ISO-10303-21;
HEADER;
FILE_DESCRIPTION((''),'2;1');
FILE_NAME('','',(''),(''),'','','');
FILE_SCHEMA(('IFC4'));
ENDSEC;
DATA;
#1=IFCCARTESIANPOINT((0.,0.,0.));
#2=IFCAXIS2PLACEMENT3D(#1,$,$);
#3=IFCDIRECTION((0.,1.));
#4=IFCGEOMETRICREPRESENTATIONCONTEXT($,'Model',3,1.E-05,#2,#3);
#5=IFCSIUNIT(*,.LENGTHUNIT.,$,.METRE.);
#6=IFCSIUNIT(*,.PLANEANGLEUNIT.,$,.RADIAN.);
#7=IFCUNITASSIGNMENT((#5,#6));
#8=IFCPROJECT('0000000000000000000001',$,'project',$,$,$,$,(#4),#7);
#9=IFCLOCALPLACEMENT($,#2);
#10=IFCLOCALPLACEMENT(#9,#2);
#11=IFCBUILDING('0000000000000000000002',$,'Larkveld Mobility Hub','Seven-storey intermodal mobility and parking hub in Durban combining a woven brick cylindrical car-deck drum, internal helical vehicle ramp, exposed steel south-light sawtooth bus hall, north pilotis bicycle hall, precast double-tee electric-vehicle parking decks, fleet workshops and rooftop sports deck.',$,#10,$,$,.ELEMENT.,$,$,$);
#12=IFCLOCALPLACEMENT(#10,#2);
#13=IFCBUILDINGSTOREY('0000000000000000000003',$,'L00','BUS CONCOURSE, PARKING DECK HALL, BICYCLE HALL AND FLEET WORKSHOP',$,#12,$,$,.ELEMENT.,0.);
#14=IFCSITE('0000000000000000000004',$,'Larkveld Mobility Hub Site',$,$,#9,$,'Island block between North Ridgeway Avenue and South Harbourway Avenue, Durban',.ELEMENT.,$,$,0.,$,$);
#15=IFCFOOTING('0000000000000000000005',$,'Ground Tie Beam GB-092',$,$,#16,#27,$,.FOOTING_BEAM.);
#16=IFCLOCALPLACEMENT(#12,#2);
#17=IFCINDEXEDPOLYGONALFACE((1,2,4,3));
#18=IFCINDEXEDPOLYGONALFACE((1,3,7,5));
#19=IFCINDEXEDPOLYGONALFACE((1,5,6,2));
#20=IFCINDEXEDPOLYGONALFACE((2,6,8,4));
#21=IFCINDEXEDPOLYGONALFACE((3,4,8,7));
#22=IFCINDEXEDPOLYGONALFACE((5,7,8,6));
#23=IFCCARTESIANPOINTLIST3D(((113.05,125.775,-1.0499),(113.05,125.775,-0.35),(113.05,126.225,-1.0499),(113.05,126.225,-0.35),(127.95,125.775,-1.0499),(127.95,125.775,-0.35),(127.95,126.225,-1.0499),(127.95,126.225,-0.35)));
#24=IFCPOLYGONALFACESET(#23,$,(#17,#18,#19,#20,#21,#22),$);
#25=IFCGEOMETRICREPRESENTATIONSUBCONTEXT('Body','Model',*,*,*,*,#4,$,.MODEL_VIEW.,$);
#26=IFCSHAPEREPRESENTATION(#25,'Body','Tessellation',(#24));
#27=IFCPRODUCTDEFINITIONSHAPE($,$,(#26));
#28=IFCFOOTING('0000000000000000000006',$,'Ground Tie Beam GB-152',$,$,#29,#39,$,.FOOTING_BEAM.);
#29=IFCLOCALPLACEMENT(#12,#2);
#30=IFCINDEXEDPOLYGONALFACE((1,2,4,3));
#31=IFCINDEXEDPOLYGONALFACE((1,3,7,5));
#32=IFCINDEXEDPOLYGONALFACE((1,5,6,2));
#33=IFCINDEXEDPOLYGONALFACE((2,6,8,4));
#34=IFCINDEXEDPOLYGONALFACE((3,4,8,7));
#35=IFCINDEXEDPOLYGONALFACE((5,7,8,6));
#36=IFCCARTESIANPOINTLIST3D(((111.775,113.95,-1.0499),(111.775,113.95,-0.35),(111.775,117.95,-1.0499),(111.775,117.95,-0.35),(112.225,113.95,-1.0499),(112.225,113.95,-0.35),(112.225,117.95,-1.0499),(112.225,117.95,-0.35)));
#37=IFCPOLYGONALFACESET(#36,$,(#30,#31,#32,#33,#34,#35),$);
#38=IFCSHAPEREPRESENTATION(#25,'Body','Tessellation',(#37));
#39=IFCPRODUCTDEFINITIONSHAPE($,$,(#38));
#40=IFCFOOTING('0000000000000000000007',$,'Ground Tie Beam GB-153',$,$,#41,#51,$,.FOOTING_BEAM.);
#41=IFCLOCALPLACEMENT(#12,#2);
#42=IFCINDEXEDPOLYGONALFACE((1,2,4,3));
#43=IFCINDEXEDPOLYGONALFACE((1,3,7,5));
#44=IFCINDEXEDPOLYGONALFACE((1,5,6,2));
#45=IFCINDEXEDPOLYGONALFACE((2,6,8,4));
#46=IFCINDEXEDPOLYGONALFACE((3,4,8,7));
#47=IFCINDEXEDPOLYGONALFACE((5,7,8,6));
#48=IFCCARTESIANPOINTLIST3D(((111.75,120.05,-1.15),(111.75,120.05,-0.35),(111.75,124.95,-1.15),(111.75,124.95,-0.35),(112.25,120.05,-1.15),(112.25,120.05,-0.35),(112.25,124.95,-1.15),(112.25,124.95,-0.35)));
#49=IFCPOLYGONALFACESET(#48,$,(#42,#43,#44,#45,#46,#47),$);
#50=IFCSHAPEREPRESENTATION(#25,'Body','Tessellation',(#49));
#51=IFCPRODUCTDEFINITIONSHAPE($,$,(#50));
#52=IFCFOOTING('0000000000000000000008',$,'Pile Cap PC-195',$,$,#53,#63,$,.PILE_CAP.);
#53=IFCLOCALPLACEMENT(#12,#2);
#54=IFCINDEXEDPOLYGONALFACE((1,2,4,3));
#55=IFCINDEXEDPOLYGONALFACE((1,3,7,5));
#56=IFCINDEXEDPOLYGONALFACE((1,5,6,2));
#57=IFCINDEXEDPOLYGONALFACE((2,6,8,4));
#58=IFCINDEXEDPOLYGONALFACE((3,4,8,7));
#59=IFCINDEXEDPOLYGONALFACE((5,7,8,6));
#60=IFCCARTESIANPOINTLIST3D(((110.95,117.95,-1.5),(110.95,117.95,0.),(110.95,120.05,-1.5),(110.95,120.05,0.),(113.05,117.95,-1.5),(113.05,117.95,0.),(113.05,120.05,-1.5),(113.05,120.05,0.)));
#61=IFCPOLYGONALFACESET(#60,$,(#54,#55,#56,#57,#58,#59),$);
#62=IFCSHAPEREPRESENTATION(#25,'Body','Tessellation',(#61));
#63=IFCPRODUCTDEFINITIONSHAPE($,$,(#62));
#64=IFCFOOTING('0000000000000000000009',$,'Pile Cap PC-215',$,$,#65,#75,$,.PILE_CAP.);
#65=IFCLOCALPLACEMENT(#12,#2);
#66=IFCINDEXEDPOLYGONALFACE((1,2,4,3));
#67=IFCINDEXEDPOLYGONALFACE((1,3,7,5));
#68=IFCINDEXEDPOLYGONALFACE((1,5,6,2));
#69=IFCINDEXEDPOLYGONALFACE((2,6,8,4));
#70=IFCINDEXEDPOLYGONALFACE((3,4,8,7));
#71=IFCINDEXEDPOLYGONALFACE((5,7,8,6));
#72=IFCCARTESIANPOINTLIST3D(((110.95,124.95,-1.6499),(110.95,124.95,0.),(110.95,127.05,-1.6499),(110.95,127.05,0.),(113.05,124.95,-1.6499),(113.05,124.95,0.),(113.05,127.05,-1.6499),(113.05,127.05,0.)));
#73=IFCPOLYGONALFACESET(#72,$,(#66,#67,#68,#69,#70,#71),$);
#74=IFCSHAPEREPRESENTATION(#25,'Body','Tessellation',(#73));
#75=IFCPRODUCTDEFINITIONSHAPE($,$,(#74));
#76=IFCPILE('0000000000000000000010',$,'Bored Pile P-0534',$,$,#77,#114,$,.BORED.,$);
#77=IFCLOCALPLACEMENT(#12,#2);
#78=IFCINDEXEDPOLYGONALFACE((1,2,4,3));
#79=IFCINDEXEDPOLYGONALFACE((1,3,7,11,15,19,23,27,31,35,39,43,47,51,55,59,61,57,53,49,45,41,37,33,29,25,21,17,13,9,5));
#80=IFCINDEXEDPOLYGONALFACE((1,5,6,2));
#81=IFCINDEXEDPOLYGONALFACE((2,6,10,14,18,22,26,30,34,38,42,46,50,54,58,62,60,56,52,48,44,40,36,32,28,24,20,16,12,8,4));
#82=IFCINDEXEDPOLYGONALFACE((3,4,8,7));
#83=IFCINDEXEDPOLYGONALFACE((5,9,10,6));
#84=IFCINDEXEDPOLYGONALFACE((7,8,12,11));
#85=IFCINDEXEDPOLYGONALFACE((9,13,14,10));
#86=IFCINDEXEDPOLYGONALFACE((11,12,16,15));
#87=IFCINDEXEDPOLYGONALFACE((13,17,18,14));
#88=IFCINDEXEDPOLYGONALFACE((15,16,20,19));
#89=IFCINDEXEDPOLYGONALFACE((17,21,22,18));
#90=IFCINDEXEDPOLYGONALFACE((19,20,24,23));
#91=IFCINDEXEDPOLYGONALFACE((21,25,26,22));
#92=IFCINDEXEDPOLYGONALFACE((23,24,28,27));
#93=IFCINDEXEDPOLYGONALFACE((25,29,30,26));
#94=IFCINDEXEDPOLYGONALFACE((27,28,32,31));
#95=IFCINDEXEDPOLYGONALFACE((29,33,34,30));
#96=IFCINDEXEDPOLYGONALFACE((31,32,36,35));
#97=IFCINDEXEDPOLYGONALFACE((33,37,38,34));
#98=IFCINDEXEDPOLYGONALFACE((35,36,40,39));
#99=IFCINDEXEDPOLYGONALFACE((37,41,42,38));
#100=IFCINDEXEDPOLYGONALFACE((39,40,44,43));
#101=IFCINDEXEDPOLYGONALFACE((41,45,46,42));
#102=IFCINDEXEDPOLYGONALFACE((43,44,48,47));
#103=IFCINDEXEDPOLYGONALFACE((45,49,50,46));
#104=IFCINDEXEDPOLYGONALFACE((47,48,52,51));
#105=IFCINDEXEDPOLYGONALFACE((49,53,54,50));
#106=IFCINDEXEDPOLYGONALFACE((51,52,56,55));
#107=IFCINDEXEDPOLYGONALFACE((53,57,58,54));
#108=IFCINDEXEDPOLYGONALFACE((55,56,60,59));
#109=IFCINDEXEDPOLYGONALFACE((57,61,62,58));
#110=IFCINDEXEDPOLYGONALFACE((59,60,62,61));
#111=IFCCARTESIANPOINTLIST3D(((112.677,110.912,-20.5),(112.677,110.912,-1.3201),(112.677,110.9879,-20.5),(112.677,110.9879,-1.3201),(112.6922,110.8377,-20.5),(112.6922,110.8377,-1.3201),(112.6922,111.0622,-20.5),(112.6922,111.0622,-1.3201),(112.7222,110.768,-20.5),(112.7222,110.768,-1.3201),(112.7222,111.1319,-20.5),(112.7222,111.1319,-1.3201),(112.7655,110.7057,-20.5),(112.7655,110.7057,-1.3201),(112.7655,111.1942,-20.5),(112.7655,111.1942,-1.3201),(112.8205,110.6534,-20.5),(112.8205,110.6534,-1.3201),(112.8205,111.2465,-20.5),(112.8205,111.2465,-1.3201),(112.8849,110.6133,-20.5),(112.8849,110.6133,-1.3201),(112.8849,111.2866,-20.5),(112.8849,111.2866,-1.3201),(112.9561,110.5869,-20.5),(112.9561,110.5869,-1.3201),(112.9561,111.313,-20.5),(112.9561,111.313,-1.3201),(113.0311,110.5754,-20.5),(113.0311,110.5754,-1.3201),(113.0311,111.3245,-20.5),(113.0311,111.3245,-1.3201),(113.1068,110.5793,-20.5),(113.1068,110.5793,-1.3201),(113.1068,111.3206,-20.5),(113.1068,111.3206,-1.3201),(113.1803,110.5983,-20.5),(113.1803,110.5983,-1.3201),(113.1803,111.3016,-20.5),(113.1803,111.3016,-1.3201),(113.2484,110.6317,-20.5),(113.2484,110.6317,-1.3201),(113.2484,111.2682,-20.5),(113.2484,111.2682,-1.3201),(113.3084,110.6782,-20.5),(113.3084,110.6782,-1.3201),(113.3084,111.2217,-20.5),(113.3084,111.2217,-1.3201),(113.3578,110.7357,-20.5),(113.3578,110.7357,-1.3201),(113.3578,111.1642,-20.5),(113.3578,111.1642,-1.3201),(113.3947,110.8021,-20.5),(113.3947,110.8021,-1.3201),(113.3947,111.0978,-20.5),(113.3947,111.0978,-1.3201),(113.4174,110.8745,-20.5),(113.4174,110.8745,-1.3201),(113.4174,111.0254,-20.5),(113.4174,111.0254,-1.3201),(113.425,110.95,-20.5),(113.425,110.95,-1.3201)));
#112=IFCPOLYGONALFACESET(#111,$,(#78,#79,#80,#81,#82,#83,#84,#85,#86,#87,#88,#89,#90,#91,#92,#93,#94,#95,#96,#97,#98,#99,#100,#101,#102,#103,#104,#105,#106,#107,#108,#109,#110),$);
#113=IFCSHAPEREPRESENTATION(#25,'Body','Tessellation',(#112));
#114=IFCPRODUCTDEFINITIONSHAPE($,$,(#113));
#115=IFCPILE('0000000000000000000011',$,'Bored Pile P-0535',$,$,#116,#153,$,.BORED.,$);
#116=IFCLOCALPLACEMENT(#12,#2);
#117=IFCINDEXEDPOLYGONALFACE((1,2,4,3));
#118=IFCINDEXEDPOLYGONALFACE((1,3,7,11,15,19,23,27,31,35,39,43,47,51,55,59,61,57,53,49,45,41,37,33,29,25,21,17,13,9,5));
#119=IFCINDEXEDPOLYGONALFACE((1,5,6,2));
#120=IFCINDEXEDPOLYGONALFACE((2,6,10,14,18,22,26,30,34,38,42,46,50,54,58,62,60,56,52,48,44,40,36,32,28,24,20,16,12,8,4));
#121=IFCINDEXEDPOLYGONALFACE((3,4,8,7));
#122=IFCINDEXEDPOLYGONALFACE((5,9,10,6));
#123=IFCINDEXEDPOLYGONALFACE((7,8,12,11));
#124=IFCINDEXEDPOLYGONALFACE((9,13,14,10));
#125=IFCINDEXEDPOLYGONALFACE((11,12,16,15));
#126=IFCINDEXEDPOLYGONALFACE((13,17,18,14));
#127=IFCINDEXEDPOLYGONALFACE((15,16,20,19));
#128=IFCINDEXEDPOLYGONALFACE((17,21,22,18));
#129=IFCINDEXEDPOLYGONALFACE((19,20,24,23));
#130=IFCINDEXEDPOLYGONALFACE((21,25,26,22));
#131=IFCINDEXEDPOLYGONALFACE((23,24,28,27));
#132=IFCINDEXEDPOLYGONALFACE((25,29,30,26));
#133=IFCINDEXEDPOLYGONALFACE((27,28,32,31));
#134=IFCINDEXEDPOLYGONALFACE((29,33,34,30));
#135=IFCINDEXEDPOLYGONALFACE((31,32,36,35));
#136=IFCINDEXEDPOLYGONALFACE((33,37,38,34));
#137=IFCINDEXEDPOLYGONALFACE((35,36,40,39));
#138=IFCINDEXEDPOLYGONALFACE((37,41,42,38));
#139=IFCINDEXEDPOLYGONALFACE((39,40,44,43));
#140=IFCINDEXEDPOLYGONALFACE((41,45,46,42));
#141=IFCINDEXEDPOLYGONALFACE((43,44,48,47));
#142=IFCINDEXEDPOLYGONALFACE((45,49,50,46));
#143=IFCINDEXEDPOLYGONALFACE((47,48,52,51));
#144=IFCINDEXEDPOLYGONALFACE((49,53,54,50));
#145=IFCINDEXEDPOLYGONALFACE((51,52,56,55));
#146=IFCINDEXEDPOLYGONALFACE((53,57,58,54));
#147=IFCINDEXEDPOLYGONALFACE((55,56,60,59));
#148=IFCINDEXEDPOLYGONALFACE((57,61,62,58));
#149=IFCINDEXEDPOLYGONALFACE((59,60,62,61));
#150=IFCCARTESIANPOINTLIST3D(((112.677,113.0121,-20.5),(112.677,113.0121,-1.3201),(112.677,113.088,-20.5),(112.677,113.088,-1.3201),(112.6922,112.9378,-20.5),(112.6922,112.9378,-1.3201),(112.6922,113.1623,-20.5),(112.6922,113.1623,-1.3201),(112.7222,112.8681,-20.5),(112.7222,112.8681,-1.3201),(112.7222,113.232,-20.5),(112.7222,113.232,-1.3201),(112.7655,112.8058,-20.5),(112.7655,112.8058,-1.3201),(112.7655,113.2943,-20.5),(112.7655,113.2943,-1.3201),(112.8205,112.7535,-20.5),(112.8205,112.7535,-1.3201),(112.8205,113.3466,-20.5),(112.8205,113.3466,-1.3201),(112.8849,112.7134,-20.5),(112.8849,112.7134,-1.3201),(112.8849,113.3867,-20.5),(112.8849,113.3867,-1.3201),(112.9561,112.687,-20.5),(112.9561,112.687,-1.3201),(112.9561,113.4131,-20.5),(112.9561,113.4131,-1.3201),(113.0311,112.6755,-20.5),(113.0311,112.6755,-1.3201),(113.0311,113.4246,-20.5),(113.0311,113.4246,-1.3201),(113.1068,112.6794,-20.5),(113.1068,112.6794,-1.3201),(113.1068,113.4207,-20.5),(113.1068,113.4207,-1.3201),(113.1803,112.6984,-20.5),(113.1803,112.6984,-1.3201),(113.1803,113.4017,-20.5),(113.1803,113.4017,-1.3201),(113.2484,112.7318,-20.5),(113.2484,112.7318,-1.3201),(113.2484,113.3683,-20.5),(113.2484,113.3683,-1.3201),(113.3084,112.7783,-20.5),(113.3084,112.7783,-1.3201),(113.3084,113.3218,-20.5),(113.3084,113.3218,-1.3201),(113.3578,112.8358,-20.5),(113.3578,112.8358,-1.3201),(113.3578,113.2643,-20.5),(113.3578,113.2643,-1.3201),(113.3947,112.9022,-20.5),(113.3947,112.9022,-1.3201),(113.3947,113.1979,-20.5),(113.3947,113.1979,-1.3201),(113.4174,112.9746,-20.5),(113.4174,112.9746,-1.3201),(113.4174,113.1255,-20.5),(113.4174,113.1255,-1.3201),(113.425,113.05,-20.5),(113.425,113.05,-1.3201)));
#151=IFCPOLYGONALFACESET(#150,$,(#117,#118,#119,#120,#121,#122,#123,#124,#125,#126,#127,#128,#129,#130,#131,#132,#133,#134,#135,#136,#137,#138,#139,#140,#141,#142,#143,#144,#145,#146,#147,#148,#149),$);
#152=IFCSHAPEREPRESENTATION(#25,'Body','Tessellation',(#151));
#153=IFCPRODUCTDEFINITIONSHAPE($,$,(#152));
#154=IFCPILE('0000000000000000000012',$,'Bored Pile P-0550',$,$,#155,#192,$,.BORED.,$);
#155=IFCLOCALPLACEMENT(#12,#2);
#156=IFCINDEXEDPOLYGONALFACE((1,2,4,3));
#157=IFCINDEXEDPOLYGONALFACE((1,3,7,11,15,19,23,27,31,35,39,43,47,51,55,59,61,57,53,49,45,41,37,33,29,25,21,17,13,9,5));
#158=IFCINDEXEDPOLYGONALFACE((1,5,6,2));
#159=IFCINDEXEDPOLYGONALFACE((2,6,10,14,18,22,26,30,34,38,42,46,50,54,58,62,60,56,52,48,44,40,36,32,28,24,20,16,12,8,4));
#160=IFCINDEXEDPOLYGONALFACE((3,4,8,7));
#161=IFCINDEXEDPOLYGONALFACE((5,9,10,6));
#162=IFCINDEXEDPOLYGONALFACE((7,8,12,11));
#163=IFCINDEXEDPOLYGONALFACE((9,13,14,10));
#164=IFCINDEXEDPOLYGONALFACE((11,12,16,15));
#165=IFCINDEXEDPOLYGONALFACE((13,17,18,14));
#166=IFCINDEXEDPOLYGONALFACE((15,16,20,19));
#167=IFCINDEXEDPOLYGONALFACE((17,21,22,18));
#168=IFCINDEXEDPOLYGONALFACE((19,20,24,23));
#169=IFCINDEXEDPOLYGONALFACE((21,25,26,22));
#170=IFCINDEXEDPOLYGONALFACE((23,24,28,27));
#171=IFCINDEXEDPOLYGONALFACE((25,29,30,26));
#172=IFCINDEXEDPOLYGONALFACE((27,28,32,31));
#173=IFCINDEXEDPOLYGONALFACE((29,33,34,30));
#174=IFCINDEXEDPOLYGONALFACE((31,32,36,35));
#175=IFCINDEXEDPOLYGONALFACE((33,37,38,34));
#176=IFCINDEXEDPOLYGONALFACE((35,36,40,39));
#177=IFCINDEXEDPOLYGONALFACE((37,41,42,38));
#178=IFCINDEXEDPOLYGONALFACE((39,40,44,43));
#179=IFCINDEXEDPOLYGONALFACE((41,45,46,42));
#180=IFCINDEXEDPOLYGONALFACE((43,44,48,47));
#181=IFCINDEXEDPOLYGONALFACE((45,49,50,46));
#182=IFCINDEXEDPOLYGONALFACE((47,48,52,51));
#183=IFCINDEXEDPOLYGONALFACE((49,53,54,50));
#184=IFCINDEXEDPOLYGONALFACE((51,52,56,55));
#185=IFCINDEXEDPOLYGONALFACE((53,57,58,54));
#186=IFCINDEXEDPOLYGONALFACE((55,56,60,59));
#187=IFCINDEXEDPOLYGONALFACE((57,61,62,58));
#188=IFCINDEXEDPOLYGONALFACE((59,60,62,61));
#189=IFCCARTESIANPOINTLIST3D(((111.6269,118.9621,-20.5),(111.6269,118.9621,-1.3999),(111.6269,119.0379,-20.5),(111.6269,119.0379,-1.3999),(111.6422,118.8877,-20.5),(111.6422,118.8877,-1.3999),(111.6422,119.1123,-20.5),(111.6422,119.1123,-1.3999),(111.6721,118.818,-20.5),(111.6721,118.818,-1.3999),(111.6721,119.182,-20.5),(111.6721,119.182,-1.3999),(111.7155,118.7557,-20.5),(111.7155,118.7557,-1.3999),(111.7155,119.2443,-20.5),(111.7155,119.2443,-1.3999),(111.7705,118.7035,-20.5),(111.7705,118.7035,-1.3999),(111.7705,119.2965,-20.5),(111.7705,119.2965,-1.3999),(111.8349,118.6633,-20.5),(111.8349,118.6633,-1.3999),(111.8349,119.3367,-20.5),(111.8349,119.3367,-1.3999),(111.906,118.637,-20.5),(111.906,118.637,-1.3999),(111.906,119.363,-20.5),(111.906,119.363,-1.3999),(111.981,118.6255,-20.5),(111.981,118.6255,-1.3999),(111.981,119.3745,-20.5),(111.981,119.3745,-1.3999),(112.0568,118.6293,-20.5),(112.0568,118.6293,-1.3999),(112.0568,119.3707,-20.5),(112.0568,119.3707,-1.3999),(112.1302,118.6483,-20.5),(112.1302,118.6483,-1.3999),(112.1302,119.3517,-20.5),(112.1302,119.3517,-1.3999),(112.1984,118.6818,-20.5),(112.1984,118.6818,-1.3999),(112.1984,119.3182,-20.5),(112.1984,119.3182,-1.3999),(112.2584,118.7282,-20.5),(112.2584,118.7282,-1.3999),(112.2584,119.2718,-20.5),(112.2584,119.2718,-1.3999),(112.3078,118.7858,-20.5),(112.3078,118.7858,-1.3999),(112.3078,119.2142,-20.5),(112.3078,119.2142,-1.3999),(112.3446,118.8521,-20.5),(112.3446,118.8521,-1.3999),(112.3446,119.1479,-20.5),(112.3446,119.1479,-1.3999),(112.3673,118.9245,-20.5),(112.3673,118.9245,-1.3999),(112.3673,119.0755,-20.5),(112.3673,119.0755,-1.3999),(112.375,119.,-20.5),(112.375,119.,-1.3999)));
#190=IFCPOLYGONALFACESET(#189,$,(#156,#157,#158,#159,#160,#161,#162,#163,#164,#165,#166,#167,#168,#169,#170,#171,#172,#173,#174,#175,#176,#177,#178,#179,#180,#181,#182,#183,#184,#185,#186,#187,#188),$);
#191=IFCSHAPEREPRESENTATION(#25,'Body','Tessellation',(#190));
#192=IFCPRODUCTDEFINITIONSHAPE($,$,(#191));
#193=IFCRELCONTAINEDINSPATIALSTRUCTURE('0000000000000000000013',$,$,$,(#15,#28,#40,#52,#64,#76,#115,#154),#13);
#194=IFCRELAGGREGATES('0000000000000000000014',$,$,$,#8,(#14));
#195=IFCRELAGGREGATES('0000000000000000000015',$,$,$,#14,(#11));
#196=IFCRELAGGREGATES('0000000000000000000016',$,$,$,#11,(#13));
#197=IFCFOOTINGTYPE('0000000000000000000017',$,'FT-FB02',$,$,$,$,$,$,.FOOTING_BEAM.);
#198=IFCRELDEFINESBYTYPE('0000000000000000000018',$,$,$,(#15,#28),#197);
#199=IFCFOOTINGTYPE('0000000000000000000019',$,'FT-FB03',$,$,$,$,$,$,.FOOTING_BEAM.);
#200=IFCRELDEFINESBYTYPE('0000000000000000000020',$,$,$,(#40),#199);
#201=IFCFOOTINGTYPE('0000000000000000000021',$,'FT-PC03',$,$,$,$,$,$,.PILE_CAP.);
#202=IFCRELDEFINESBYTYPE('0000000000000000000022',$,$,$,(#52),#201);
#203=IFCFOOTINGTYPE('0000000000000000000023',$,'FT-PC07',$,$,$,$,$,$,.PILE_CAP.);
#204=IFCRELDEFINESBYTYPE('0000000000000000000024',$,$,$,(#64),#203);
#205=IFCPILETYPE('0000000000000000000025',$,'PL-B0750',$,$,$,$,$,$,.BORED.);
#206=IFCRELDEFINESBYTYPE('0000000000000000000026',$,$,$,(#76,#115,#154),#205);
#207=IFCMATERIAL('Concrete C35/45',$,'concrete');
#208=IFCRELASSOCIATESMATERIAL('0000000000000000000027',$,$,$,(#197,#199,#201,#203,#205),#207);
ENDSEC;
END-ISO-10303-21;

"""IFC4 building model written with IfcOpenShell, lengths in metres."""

from ifc_helpers import new_model, si_unit, direction, frame, origin, origin_2d, place, context, subcontext, project, spatial, rectangle, circle, extrude, material, material_profile, profile_set, type_object, element, save


model = new_model("IFC4")

# Units and contexts
model_context = context("Model", 3, precision=1e-05, world=origin(), true_north=direction((0.0, 1.0)))
body_context = subcontext(model_context, "Body", "Model", "MODEL_VIEW")
ifc_project = project(units=[si_unit("LENGTHUNIT", "METRE"), si_unit("PLANEANGLEUNIT", "RADIAN")], contexts=[model_context])

# Site, building, storey
site_placement = place(None, origin())
site = spatial("IfcSite", under=ifc_project, at=site_placement, Name="Larkveld Mobility Hub Site", LongName="Island block between North Ridgeway Avenue and South Harbourway Avenue, Durban", CompositionType="ELEMENT", RefElevation=0.0)
building_placement = place(site_placement, origin())
building = spatial("IfcBuilding", under=site, at=building_placement, Name="Larkveld Mobility Hub", Description="Seven-storey intermodal mobility and parking hub in Durban combining a woven brick cylindrical car-deck drum, internal helical vehicle ramp, exposed steel south-light sawtooth bus hall, north pilotis bicycle hall, precast double-tee electric-vehicle parking decks, fleet workshops and rooftop sports deck.", CompositionType="ELEMENT")
storey_placement = place(building_placement, origin())
storey = spatial("IfcBuildingStorey", under=building, at=storey_placement, Name="L00", Description="BUS CONCOURSE, PARKING DECK HALL, BICYCLE HALL AND FLEET WORKSHOP", CompositionType="ELEMENT", Elevation=0.0)

# Footings
ifc_material_1 = material(Name="Concrete C35/45", Category="concrete")
ifc_material_profile_1 = material_profile(ifc_material_1, rectangle(XDim=0.45, YDim=0.7, at=origin_2d()), Name="RC BM 450x700")
ifc_profile_set_1 = profile_set([ifc_material_profile_1], Name="Concrete C35/45")
footing_type_1 = type_object("IfcFootingType", Name="FT-FB02", PredefinedType="FOOTING_BEAM", material=ifc_profile_set_1)
footing_1_placement = place(storey_placement, frame((113.05, 126.0, -0.7), z_axis=(1.0, 0.0, 0.0), x_axis=(0.0, 1.0, 0.0)))
element("IfcFooting", 1, at=footing_1_placement, inside=storey, type_object=footing_type_1, Name="Ground Tie Beam GB-092", PredefinedType="FOOTING_BEAM", context=body_context, shape_type="SweptSolid", body=[
    extrude(rectangle(XDim=0.45, YDim=0.7, at=origin_2d()), origin(), (0.0, 0.0, 1.0), 14.8999),
])
footing_2_placement = place(storey_placement, frame((112.0, 113.95, -0.7), z_axis=(0.0, 1.0, 0.0), x_axis=(-1.0, 0.0, 0.0)))
element("IfcFooting", 2, at=footing_2_placement, inside=storey, type_object=footing_type_1, Name="Ground Tie Beam GB-152", PredefinedType="FOOTING_BEAM", context=body_context, shape_type="SweptSolid", body=[
    extrude(rectangle(XDim=0.45, YDim=0.7, at=origin_2d()), origin(), (0.0, 0.0, 1.0), 4.0),
])
ifc_material_profile_2 = material_profile(ifc_material_1, rectangle(XDim=0.5, YDim=0.8, at=origin_2d()), Name="RC BM 500x800")
ifc_profile_set_2 = profile_set([ifc_material_profile_2], Name="Concrete C35/45")
footing_type_2 = type_object("IfcFootingType", Name="FT-FB03", PredefinedType="FOOTING_BEAM", material=ifc_profile_set_2)
footing_3_placement = place(storey_placement, frame((112.0, 120.05, -0.75), z_axis=(0.0, 1.0, 0.0), x_axis=(-1.0, 0.0, 0.0)))
element("IfcFooting", 3, at=footing_3_placement, inside=storey, type_object=footing_type_2, Name="Ground Tie Beam GB-153", PredefinedType="FOOTING_BEAM", context=body_context, shape_type="SweptSolid", body=[
    extrude(rectangle(XDim=0.5, YDim=0.8, at=origin_2d()), origin(), (0.0, 0.0, 1.0), 4.8999),
])
footing_type_3 = type_object("IfcFootingType", Name="FT-PC03", PredefinedType="PILE_CAP", material=ifc_material_1)
footing_4_placement = place(storey_placement, frame((112.0, 119.0, -1.5), z_axis=(0.0, 0.0, 1.0), x_axis=(1.0, 0.0, 0.0)))
element("IfcFooting", 4, at=footing_4_placement, inside=storey, type_object=footing_type_3, Name="Pile Cap PC-195", PredefinedType="PILE_CAP", context=body_context, shape_type="SweptSolid", body=[
    extrude(rectangle(XDim=2.1001, YDim=2.1001, at=origin_2d()), origin(), (0.0, 0.0, 1.0), 1.5),
])
footing_type_4 = type_object("IfcFootingType", Name="FT-PC07", PredefinedType="PILE_CAP", material=ifc_material_1)
footing_5_placement = place(storey_placement, frame((112.0, 126.0, -1.6499), z_axis=(0.0, 0.0, 1.0), x_axis=(1.0, 0.0, 0.0)))
element("IfcFooting", 5, at=footing_5_placement, inside=storey, type_object=footing_type_4, Name="Pile Cap PC-215", PredefinedType="PILE_CAP", context=body_context, shape_type="SweptSolid", body=[
    extrude(rectangle(XDim=2.1001, YDim=2.1001, at=origin_2d()), origin(), (0.0, 0.0, 1.0), 1.6499),
])

# Piles
ifc_material_profile_3 = material_profile(ifc_material_1, circle(Radius=0.375, at=origin_2d()), Name="PILE D750")
ifc_profile_set_3 = profile_set([ifc_material_profile_3], Name="Concrete C35/45")
pile_type = type_object("IfcPileType", Name="PL-B0750", PredefinedType="BORED", material=ifc_profile_set_3)
for number, where, z_axis, x_axis, name in (
    (6, (113.05, 110.95, -1.3201), (0.0, 0.0, -1.0), (1.0, 0.0, 0.0), "Bored Pile P-0534"),
    (7, (113.05, 113.05, -1.3201), (0.0, 0.0, -1.0), (1.0, 0.0, 0.0), "Bored Pile P-0535"),
):
    element("IfcPile", number, at=place(storey_placement, frame(where, z_axis=z_axis, x_axis=x_axis)), inside=storey, type_object=pile_type, Name=name, PredefinedType="BORED", context=body_context, shape_type="SweptSolid", body=[
        extrude(circle(Radius=0.375, at=origin_2d()), origin(), (0.0, 0.0, 1.0), 19.1799),
    ])
pile_1_placement = place(storey_placement, frame((112.0, 119.0, -1.3999), z_axis=(0.0, 0.0, -1.0), x_axis=(1.0, 0.0, 0.0)))
element("IfcPile", 8, at=pile_1_placement, inside=storey, type_object=pile_type, Name="Bored Pile P-0550", PredefinedType="BORED", context=body_context, shape_type="SweptSolid", body=[
    extrude(circle(Radius=0.375, at=origin_2d()), origin(), (0.0, 0.0, 1.0), 19.1001),
])

save(model, "model.ifc")
